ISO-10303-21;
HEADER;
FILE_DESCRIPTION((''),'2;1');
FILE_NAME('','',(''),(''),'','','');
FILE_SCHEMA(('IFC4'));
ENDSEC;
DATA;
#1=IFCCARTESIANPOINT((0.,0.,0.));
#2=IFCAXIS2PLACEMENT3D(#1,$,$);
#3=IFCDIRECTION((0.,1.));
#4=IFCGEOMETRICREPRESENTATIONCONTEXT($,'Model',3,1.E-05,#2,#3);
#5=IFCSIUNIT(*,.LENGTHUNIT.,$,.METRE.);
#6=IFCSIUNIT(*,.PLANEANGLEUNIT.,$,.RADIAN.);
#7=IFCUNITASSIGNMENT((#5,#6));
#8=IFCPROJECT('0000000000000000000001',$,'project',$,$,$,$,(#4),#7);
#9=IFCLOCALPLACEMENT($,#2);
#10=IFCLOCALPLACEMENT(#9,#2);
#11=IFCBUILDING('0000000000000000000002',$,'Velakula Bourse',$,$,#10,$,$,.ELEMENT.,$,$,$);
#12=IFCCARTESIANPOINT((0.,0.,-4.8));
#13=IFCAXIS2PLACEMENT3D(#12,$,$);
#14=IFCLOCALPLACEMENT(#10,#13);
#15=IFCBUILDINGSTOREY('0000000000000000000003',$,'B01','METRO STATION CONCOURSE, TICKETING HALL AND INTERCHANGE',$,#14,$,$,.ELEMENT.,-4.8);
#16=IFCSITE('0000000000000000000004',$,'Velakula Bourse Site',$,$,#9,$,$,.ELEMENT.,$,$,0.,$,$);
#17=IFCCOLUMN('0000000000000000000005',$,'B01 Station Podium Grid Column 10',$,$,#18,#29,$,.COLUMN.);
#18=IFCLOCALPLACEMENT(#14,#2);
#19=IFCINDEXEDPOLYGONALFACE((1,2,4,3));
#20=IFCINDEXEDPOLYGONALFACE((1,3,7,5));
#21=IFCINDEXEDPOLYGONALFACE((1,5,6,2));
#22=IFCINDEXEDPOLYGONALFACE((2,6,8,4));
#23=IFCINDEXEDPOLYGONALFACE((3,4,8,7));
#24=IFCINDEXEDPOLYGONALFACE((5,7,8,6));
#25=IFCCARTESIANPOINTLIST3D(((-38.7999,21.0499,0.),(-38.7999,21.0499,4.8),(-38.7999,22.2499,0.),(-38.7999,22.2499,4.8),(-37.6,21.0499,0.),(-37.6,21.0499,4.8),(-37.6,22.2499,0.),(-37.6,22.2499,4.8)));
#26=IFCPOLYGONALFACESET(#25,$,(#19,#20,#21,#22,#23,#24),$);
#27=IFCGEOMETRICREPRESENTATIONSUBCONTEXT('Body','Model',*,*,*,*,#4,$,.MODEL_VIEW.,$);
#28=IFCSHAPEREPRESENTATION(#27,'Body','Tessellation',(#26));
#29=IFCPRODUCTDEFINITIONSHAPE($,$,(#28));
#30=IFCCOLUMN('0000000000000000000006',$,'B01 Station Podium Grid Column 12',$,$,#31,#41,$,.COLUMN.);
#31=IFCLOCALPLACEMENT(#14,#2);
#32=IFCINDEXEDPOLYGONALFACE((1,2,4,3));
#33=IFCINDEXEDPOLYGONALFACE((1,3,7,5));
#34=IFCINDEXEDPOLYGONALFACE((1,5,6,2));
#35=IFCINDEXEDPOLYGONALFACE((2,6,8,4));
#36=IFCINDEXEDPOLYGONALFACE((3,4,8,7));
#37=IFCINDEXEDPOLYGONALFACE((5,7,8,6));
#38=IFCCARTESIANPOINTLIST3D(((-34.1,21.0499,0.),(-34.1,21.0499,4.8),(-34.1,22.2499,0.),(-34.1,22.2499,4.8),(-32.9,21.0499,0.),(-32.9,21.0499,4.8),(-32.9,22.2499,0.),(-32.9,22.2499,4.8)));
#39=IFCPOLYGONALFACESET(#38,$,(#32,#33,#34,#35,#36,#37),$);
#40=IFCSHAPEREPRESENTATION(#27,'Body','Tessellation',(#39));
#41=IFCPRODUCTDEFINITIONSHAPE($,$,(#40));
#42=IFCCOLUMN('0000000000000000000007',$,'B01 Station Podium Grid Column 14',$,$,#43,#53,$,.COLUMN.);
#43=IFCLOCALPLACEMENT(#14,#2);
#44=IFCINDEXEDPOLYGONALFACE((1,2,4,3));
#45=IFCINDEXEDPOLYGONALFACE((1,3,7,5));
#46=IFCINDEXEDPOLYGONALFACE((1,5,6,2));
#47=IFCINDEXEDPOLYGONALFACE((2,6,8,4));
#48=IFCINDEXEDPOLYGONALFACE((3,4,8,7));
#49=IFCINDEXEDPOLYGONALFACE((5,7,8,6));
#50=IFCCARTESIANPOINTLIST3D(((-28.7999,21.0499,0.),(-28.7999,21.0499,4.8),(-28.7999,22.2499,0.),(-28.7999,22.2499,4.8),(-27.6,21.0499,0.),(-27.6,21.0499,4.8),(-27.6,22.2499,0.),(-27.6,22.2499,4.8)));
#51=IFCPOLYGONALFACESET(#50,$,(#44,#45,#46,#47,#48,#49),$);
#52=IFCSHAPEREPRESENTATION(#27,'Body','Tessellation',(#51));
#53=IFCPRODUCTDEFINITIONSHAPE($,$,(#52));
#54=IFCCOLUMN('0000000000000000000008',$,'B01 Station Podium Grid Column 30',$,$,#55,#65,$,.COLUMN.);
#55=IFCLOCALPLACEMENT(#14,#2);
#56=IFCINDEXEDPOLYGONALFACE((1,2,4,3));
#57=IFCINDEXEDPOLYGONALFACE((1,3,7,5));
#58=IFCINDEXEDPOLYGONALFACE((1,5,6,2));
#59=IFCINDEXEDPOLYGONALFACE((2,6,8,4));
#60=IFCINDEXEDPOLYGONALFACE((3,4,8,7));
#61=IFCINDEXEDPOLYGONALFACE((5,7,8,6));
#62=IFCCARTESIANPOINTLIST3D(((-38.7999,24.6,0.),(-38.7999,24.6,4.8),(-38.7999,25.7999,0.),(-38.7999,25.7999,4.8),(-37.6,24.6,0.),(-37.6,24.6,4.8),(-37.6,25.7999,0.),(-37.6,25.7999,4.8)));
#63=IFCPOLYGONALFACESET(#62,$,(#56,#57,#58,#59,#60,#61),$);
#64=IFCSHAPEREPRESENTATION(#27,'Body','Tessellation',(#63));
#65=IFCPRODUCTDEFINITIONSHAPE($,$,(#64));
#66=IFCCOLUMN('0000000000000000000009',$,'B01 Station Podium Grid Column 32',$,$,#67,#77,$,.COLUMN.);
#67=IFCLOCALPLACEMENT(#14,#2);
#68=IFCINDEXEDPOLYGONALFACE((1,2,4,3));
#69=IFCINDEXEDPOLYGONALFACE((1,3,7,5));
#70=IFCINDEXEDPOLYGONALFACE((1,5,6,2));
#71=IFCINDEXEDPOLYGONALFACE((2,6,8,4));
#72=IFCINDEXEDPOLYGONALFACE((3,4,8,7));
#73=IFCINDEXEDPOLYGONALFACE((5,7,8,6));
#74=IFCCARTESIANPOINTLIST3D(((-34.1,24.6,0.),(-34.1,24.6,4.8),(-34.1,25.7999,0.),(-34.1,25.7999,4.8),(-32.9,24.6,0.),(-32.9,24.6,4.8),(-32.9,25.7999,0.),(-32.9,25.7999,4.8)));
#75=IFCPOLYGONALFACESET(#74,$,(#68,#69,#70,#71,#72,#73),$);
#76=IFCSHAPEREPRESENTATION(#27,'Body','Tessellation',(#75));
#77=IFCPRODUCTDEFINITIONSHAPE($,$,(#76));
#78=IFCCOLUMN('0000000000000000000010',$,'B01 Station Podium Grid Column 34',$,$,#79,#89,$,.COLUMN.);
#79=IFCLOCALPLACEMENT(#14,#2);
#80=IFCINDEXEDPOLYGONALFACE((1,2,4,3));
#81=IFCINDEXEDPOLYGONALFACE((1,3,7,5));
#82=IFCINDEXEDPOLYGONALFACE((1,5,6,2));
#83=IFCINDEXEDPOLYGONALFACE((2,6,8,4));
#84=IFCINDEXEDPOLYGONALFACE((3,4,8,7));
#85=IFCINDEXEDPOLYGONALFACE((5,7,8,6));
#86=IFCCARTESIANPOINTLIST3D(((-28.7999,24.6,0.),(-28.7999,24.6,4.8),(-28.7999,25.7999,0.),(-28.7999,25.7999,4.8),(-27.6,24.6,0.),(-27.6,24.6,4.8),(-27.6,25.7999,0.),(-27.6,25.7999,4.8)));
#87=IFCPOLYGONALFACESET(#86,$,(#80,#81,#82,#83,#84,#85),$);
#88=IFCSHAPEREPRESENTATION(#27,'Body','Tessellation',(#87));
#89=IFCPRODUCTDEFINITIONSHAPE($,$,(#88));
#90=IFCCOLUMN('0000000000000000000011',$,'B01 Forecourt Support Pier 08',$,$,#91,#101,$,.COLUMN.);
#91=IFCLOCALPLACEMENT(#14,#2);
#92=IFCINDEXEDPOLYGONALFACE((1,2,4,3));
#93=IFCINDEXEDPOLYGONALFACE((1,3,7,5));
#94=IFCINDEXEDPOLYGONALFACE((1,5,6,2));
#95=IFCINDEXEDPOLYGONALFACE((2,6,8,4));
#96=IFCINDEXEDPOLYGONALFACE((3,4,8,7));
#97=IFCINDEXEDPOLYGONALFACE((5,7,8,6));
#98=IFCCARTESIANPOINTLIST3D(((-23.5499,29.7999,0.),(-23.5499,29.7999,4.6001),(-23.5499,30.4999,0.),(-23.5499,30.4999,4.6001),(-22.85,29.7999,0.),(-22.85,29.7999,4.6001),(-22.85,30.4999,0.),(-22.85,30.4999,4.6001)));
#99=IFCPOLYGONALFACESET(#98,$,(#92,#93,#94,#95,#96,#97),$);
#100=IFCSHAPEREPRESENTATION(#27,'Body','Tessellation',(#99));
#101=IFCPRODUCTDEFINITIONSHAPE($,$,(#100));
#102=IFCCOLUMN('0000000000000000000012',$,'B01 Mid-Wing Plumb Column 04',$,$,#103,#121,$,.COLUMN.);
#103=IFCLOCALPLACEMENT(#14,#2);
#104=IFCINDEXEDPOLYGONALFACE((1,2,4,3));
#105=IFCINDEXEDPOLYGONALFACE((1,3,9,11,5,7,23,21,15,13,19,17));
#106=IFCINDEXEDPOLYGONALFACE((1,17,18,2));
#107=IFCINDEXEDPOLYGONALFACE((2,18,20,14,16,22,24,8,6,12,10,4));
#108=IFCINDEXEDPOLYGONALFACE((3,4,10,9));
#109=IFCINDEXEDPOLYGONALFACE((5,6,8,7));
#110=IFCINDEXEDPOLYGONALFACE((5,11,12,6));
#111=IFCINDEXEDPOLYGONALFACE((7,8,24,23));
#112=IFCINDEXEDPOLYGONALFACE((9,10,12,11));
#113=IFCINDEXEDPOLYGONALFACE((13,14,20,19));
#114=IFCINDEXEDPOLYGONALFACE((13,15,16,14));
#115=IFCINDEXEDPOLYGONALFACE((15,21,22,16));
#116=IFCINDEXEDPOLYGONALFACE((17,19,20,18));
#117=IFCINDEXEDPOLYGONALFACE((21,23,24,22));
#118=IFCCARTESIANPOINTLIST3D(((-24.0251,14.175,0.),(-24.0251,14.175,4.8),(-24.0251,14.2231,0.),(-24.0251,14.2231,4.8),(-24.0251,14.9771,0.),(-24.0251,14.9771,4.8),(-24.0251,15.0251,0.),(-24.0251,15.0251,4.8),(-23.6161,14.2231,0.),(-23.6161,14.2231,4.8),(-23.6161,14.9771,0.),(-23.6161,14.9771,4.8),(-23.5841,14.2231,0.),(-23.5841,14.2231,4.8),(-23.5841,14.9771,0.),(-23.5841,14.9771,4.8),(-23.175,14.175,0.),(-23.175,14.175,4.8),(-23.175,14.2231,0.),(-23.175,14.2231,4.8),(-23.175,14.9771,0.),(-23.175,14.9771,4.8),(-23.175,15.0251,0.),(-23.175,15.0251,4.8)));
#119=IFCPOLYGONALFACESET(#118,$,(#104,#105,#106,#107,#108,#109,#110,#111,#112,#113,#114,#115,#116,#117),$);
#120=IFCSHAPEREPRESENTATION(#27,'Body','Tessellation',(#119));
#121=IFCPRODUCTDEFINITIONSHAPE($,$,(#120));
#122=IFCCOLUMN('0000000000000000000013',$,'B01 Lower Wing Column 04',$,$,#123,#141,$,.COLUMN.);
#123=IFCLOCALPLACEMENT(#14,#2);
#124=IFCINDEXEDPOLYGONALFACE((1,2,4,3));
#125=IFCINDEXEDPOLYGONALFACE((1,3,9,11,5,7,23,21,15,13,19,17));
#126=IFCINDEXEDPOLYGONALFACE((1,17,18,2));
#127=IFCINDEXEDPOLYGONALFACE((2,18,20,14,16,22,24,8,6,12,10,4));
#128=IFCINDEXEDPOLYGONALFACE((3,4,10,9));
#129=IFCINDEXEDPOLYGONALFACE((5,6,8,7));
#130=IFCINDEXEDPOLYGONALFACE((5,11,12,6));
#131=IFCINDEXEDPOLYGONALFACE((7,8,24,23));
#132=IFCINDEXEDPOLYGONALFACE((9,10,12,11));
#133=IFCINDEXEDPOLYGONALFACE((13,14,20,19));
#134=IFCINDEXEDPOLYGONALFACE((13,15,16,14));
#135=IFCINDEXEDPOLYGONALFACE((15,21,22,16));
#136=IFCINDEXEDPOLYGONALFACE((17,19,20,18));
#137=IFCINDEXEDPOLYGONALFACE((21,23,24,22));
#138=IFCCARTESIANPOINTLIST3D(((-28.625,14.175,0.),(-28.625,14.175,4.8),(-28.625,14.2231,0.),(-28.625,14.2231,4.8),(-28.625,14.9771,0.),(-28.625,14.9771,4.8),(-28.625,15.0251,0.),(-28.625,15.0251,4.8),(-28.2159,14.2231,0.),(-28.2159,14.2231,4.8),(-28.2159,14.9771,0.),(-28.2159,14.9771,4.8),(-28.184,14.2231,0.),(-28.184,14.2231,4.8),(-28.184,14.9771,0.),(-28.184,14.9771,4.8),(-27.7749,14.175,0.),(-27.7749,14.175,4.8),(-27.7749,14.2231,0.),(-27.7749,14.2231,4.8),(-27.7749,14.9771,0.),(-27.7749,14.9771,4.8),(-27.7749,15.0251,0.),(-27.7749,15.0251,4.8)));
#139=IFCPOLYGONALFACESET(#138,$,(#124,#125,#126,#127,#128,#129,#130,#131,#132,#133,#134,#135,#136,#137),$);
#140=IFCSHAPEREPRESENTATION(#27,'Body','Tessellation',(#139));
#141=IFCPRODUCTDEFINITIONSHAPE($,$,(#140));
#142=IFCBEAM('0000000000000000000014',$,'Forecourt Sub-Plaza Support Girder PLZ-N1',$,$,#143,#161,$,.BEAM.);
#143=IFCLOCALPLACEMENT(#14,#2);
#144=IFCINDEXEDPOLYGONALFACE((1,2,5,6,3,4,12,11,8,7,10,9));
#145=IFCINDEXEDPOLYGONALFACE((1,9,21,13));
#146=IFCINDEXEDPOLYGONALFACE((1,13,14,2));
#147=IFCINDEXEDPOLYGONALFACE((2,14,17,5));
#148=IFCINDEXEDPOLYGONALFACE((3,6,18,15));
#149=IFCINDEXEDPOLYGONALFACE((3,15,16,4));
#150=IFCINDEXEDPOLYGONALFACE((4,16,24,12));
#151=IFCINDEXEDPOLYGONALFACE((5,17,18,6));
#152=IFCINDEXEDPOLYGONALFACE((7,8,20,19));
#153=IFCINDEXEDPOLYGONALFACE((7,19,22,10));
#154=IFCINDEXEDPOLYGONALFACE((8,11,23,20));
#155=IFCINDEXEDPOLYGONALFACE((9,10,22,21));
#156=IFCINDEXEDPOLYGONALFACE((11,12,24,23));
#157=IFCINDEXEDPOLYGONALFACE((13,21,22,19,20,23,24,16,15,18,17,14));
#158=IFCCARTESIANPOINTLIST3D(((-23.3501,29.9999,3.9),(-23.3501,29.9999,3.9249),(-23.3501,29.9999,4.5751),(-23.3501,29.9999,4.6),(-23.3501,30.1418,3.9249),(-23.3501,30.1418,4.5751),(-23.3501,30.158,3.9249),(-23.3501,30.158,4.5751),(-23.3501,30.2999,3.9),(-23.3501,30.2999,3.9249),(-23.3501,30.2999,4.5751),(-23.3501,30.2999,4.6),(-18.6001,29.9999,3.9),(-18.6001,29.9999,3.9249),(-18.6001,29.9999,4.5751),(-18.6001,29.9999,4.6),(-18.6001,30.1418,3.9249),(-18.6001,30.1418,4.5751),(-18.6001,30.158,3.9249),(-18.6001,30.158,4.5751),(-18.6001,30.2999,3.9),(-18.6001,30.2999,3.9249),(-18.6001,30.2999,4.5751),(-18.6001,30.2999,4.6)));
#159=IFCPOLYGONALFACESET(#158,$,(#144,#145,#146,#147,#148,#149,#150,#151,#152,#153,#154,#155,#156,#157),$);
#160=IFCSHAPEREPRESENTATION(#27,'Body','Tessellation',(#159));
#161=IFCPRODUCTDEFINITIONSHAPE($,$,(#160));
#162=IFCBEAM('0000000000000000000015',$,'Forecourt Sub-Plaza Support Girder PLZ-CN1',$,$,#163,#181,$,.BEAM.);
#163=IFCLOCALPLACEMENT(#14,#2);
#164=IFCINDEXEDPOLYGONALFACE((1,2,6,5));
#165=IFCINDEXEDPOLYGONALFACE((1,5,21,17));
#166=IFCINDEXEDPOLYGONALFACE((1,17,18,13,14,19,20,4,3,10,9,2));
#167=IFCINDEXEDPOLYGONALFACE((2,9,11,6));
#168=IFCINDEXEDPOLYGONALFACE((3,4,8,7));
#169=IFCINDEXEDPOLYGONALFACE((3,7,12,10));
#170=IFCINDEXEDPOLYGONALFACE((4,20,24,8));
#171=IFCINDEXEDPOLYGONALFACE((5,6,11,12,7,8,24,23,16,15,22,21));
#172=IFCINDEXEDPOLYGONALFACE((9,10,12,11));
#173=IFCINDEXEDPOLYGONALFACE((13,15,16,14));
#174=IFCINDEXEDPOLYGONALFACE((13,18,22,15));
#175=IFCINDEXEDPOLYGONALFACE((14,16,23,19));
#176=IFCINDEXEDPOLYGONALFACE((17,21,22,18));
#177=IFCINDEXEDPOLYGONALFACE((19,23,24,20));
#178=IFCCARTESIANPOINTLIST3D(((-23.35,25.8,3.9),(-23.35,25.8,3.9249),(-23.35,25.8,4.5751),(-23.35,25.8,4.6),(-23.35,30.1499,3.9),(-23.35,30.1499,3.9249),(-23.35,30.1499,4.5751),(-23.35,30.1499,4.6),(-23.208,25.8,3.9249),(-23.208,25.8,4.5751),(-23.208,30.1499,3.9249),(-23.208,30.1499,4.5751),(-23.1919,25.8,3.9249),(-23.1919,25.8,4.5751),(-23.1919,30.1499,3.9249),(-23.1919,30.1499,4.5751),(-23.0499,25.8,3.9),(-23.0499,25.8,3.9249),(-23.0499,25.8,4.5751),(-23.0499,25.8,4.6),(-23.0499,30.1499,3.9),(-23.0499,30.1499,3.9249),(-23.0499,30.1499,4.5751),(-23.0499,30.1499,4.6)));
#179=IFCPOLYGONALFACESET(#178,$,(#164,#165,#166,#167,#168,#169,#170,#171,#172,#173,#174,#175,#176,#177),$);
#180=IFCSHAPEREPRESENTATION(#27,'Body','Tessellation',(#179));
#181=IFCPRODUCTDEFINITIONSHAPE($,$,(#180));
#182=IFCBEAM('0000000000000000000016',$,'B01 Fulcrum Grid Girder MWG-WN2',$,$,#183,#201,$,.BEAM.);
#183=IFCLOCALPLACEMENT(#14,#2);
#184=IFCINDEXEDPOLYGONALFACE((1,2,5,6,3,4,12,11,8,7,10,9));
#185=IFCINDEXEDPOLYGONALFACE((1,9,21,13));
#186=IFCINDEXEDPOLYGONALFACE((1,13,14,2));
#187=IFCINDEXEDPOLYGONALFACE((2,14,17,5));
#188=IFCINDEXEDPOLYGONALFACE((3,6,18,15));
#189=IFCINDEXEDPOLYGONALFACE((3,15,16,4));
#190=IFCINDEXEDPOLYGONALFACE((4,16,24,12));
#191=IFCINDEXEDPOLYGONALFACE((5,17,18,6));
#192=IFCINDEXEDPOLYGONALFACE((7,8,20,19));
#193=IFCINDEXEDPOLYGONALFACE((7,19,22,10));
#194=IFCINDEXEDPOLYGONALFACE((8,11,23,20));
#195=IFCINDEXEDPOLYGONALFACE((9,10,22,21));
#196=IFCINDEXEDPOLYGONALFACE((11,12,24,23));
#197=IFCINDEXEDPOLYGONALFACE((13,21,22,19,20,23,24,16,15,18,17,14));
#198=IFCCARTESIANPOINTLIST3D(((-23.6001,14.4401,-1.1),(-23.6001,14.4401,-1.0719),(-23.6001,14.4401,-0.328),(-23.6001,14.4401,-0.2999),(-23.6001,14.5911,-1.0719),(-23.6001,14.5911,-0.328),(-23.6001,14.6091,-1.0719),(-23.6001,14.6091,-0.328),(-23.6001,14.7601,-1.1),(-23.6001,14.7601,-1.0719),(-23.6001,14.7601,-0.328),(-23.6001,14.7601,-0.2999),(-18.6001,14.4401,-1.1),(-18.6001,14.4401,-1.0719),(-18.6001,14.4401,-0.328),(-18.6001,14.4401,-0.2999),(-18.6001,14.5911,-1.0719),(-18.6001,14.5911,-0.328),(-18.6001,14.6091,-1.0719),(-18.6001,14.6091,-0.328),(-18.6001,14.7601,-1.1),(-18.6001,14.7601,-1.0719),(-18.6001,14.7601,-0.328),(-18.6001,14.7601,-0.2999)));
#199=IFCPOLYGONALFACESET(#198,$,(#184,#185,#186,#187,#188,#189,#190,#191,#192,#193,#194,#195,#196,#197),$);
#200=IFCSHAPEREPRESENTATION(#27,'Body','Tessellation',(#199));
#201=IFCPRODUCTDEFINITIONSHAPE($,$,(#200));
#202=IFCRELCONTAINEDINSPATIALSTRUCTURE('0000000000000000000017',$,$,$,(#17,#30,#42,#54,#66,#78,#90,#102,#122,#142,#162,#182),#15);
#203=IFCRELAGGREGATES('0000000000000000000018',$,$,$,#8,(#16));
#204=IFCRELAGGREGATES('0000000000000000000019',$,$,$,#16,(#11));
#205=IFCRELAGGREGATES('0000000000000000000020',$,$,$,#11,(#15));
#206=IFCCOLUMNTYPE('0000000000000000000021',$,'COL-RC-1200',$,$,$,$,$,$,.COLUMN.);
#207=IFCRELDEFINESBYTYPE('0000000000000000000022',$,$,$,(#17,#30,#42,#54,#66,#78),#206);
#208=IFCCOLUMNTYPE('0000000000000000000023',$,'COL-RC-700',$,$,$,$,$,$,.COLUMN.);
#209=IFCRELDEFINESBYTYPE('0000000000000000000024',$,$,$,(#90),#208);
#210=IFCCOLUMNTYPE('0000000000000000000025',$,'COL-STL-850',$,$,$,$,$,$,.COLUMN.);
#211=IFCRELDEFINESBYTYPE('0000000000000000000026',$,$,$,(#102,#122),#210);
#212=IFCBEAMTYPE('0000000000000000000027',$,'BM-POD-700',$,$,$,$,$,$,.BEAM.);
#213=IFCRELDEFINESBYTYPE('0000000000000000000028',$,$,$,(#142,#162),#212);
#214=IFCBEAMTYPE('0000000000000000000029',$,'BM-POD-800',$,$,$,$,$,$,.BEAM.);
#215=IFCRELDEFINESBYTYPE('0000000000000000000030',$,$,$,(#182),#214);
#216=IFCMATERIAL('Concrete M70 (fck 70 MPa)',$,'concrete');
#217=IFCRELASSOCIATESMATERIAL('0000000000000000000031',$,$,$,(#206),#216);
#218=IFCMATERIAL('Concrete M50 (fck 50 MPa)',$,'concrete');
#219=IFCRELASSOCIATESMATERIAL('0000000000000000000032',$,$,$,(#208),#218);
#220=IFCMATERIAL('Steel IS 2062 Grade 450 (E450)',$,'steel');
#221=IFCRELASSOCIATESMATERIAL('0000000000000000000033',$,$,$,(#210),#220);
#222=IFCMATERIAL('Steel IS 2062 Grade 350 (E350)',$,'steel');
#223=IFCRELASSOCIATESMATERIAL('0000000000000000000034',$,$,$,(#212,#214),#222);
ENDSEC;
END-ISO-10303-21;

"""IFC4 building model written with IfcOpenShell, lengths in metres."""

from ifc_helpers import new_model, si_unit, direction, frame, origin, origin_2d, place, context, subcontext, project, spatial, rectangle, i_section, extrude, material, material_profile, profile_set, type_object, element, save


model = new_model("IFC4")

# Units and contexts
model_context = context("Model", 3, precision=1e-05, world=origin(), true_north=direction((0.0, 1.0)))
body_context = subcontext(model_context, "Body", "Model", "MODEL_VIEW")
ifc_project = project(units=[si_unit("LENGTHUNIT", "METRE"), si_unit("PLANEANGLEUNIT", "RADIAN")], contexts=[model_context])

# Site, building, storey
site_placement = place(None, origin())
site = spatial("IfcSite", under=ifc_project, at=site_placement, Name="Velakula Bourse Site", CompositionType="ELEMENT", RefElevation=0.0)
building_placement = place(site_placement, origin())
building = spatial("IfcBuilding", under=site, at=building_placement, Name="Velakula Bourse", CompositionType="ELEMENT")
storey_placement = place(building_placement, frame((0.0, 0.0, -4.8)))
storey = spatial("IfcBuildingStorey", under=building, at=storey_placement, Name="B01", Description="METRO STATION CONCOURSE, TICKETING HALL AND INTERCHANGE", CompositionType="ELEMENT", Elevation=-4.8)

# Columns
ifc_material_1 = material(Name="Concrete M70 (fck 70 MPa)", Category="concrete")
ifc_material_profile_1 = material_profile(ifc_material_1, rectangle(XDim=1.2, YDim=1.2, at=origin_2d()), Name="Concrete M70 (fck 70 MPa)")
ifc_profile_set_1 = profile_set([ifc_material_profile_1], Name="Concrete M70 (fck 70 MPa)")
column_type_1 = type_object("IfcColumnType", Name="COL-RC-1200", PredefinedType="COLUMN", material=ifc_profile_set_1)
for number, where, z_axis, x_axis, name in (
    (1, (-38.2, 21.6499, 0.0), (0.0, 0.0, 1.0), (1.0, 0.0, 0.0), "B01 Station Podium Grid Column 10"),
    (2, (-33.5, 21.6499, 0.0), (0.0, 0.0, 1.0), (1.0, 0.0, 0.0), "B01 Station Podium Grid Column 12"),
    (3, (-28.2, 21.6499, 0.0), (0.0, 0.0, 1.0), (1.0, 0.0, 0.0), "B01 Station Podium Grid Column 14"),
    (4, (-38.2, 25.2, 0.0), (0.0, 0.0, 1.0), (1.0, 0.0, 0.0), "B01 Station Podium Grid Column 30"),
    (5, (-33.5, 25.2, 0.0), (0.0, 0.0, 1.0), (1.0, 0.0, 0.0), "B01 Station Podium Grid Column 32"),
    (6, (-28.2, 25.2, 0.0), (0.0, 0.0, 1.0), (1.0, 0.0, 0.0), "B01 Station Podium Grid Column 34"),
):
    element("IfcColumn", number, at=place(storey_placement, frame(where, z_axis=z_axis, x_axis=x_axis)), inside=storey, type_object=column_type_1, Name=name, PredefinedType="COLUMN", context=body_context, shape_type="SweptSolid", body=[
        extrude(rectangle(XDim=1.2, YDim=1.2, at=origin_2d()), origin(), (0.0, 0.0, 1.0), 4.8),
    ])
ifc_material_2 = material(Name="Concrete M50 (fck 50 MPa)", Category="concrete")
ifc_material_profile_2 = material_profile(ifc_material_2, rectangle(XDim=0.7, YDim=0.7, at=origin_2d()), Name="Concrete M50 (fck 50 MPa)")
ifc_profile_set_2 = profile_set([ifc_material_profile_2], Name="Concrete M50 (fck 50 MPa)")
column_type_2 = type_object("IfcColumnType", Name="COL-RC-700", PredefinedType="COLUMN", material=ifc_profile_set_2)
column_placement = place(storey_placement, frame((-23.2, 30.1499, 0.0), z_axis=(0.0, 0.0, 1.0), x_axis=(1.0, 0.0, 0.0)))
element("IfcColumn", 7, at=column_placement, inside=storey, type_object=column_type_2, Name="B01 Forecourt Support Pier 08", PredefinedType="COLUMN", context=body_context, shape_type="SweptSolid", body=[
    extrude(rectangle(XDim=0.7, YDim=0.7, at=origin_2d()), origin(), (0.0, 0.0, 1.0), 4.6001),
])
ifc_material_3 = material(Name="Steel IS 2062 Grade 450 (E450)", Category="steel")
ifc_material_profile_3 = material_profile(ifc_material_3, i_section(OverallWidth=0.8501, OverallDepth=0.8501, WebThickness=0.032, FlangeThickness=0.0481, at=origin_2d()), Name="Steel IS 2062 Grade 450 (E450)")
ifc_profile_set_3 = profile_set([ifc_material_profile_3], Name="Steel IS 2062 Grade 450 (E450)")
column_type_3 = type_object("IfcColumnType", Name="COL-STL-850", PredefinedType="COLUMN", material=ifc_profile_set_3)
for number, where, z_axis, x_axis, name in (
    (8, (-23.6001, 14.6001, 0.0), (0.0, 0.0, 1.0), (1.0, 0.0, 0.0), "B01 Mid-Wing Plumb Column 04"),
    (9, (-28.2, 14.6001, 0.0), (0.0, 0.0, 1.0), (1.0, 0.0, 0.0), "B01 Lower Wing Column 04"),
):
    element("IfcColumn", number, at=place(storey_placement, frame(where, z_axis=z_axis, x_axis=x_axis)), inside=storey, type_object=column_type_3, Name=name, PredefinedType="COLUMN", context=body_context, shape_type="SweptSolid", body=[
        extrude(i_section(OverallWidth=0.8501, OverallDepth=0.8501, WebThickness=0.032, FlangeThickness=0.0481, at=origin_2d()), origin(), (0.0, 0.0, 1.0), 4.8),
    ])

# Beams
ifc_material_4 = material(Name="Steel IS 2062 Grade 350 (E350)", Category="steel")
ifc_material_profile_4 = material_profile(ifc_material_4, i_section(OverallWidth=0.3, OverallDepth=0.7, WebThickness=0.0161, FlangeThickness=0.0249, at=origin_2d()), Name="Steel IS 2062 Grade 350 (E350)")
ifc_profile_set_4 = profile_set([ifc_material_profile_4], Name="Steel IS 2062 Grade 350 (E350)")
beam_type_1 = type_object("IfcBeamType", Name="BM-POD-700", PredefinedType="BEAM", material=ifc_profile_set_4)
beam_1_placement = place(storey_placement, frame((-23.3501, 30.1499, 4.25), z_axis=(1.0, 0.0, 0.0), x_axis=(0.0, 1.0, 0.0)))
element("IfcBeam", 10, at=beam_1_placement, inside=storey, type_object=beam_type_1, Name="Forecourt Sub-Plaza Support Girder PLZ-N1", PredefinedType="BEAM", context=body_context, shape_type="SweptSolid", body=[
    extrude(i_section(OverallWidth=0.3, OverallDepth=0.7, WebThickness=0.0161, FlangeThickness=0.0249, at=origin_2d()), origin(), (0.0, 0.0, 1.0), 4.75),
])
beam_2_placement = place(storey_placement, frame((-23.2, 25.8, 4.25), z_axis=(0.0, 1.0, 0.0), x_axis=(-1.0, 0.0, 0.0)))
element("IfcBeam", 11, at=beam_2_placement, inside=storey, type_object=beam_type_1, Name="Forecourt Sub-Plaza Support Girder PLZ-CN1", PredefinedType="BEAM", context=body_context, shape_type="SweptSolid", body=[
    extrude(i_section(OverallWidth=0.3, OverallDepth=0.7, WebThickness=0.0161, FlangeThickness=0.0249, at=origin_2d()), origin(), (0.0, 0.0, 1.0), 4.3499),
])
ifc_material_profile_5 = material_profile(ifc_material_4, i_section(OverallWidth=0.3201, OverallDepth=0.8, WebThickness=0.0181, FlangeThickness=0.0281, at=origin_2d()), Name="Steel IS 2062 Grade 350 (E350)")
ifc_profile_set_5 = profile_set([ifc_material_profile_5], Name="Steel IS 2062 Grade 350 (E350)")
beam_type_2 = type_object("IfcBeamType", Name="BM-POD-800", PredefinedType="BEAM", material=ifc_profile_set_5)
beam_3_placement = place(storey_placement, frame((-23.6001, 14.6001, -0.7), z_axis=(1.0, 0.0, 0.0), x_axis=(0.0, 1.0, 0.0)))
element("IfcBeam", 12, at=beam_3_placement, inside=storey, type_object=beam_type_2, Name="B01 Fulcrum Grid Girder MWG-WN2", PredefinedType="BEAM", context=body_context, shape_type="SweptSolid", body=[
    extrude(i_section(OverallWidth=0.3201, OverallDepth=0.8, WebThickness=0.0181, FlangeThickness=0.0281, at=origin_2d()), origin(), (0.0, 0.0, 1.0), 5.0),
])

save(model, "model.ifc")
